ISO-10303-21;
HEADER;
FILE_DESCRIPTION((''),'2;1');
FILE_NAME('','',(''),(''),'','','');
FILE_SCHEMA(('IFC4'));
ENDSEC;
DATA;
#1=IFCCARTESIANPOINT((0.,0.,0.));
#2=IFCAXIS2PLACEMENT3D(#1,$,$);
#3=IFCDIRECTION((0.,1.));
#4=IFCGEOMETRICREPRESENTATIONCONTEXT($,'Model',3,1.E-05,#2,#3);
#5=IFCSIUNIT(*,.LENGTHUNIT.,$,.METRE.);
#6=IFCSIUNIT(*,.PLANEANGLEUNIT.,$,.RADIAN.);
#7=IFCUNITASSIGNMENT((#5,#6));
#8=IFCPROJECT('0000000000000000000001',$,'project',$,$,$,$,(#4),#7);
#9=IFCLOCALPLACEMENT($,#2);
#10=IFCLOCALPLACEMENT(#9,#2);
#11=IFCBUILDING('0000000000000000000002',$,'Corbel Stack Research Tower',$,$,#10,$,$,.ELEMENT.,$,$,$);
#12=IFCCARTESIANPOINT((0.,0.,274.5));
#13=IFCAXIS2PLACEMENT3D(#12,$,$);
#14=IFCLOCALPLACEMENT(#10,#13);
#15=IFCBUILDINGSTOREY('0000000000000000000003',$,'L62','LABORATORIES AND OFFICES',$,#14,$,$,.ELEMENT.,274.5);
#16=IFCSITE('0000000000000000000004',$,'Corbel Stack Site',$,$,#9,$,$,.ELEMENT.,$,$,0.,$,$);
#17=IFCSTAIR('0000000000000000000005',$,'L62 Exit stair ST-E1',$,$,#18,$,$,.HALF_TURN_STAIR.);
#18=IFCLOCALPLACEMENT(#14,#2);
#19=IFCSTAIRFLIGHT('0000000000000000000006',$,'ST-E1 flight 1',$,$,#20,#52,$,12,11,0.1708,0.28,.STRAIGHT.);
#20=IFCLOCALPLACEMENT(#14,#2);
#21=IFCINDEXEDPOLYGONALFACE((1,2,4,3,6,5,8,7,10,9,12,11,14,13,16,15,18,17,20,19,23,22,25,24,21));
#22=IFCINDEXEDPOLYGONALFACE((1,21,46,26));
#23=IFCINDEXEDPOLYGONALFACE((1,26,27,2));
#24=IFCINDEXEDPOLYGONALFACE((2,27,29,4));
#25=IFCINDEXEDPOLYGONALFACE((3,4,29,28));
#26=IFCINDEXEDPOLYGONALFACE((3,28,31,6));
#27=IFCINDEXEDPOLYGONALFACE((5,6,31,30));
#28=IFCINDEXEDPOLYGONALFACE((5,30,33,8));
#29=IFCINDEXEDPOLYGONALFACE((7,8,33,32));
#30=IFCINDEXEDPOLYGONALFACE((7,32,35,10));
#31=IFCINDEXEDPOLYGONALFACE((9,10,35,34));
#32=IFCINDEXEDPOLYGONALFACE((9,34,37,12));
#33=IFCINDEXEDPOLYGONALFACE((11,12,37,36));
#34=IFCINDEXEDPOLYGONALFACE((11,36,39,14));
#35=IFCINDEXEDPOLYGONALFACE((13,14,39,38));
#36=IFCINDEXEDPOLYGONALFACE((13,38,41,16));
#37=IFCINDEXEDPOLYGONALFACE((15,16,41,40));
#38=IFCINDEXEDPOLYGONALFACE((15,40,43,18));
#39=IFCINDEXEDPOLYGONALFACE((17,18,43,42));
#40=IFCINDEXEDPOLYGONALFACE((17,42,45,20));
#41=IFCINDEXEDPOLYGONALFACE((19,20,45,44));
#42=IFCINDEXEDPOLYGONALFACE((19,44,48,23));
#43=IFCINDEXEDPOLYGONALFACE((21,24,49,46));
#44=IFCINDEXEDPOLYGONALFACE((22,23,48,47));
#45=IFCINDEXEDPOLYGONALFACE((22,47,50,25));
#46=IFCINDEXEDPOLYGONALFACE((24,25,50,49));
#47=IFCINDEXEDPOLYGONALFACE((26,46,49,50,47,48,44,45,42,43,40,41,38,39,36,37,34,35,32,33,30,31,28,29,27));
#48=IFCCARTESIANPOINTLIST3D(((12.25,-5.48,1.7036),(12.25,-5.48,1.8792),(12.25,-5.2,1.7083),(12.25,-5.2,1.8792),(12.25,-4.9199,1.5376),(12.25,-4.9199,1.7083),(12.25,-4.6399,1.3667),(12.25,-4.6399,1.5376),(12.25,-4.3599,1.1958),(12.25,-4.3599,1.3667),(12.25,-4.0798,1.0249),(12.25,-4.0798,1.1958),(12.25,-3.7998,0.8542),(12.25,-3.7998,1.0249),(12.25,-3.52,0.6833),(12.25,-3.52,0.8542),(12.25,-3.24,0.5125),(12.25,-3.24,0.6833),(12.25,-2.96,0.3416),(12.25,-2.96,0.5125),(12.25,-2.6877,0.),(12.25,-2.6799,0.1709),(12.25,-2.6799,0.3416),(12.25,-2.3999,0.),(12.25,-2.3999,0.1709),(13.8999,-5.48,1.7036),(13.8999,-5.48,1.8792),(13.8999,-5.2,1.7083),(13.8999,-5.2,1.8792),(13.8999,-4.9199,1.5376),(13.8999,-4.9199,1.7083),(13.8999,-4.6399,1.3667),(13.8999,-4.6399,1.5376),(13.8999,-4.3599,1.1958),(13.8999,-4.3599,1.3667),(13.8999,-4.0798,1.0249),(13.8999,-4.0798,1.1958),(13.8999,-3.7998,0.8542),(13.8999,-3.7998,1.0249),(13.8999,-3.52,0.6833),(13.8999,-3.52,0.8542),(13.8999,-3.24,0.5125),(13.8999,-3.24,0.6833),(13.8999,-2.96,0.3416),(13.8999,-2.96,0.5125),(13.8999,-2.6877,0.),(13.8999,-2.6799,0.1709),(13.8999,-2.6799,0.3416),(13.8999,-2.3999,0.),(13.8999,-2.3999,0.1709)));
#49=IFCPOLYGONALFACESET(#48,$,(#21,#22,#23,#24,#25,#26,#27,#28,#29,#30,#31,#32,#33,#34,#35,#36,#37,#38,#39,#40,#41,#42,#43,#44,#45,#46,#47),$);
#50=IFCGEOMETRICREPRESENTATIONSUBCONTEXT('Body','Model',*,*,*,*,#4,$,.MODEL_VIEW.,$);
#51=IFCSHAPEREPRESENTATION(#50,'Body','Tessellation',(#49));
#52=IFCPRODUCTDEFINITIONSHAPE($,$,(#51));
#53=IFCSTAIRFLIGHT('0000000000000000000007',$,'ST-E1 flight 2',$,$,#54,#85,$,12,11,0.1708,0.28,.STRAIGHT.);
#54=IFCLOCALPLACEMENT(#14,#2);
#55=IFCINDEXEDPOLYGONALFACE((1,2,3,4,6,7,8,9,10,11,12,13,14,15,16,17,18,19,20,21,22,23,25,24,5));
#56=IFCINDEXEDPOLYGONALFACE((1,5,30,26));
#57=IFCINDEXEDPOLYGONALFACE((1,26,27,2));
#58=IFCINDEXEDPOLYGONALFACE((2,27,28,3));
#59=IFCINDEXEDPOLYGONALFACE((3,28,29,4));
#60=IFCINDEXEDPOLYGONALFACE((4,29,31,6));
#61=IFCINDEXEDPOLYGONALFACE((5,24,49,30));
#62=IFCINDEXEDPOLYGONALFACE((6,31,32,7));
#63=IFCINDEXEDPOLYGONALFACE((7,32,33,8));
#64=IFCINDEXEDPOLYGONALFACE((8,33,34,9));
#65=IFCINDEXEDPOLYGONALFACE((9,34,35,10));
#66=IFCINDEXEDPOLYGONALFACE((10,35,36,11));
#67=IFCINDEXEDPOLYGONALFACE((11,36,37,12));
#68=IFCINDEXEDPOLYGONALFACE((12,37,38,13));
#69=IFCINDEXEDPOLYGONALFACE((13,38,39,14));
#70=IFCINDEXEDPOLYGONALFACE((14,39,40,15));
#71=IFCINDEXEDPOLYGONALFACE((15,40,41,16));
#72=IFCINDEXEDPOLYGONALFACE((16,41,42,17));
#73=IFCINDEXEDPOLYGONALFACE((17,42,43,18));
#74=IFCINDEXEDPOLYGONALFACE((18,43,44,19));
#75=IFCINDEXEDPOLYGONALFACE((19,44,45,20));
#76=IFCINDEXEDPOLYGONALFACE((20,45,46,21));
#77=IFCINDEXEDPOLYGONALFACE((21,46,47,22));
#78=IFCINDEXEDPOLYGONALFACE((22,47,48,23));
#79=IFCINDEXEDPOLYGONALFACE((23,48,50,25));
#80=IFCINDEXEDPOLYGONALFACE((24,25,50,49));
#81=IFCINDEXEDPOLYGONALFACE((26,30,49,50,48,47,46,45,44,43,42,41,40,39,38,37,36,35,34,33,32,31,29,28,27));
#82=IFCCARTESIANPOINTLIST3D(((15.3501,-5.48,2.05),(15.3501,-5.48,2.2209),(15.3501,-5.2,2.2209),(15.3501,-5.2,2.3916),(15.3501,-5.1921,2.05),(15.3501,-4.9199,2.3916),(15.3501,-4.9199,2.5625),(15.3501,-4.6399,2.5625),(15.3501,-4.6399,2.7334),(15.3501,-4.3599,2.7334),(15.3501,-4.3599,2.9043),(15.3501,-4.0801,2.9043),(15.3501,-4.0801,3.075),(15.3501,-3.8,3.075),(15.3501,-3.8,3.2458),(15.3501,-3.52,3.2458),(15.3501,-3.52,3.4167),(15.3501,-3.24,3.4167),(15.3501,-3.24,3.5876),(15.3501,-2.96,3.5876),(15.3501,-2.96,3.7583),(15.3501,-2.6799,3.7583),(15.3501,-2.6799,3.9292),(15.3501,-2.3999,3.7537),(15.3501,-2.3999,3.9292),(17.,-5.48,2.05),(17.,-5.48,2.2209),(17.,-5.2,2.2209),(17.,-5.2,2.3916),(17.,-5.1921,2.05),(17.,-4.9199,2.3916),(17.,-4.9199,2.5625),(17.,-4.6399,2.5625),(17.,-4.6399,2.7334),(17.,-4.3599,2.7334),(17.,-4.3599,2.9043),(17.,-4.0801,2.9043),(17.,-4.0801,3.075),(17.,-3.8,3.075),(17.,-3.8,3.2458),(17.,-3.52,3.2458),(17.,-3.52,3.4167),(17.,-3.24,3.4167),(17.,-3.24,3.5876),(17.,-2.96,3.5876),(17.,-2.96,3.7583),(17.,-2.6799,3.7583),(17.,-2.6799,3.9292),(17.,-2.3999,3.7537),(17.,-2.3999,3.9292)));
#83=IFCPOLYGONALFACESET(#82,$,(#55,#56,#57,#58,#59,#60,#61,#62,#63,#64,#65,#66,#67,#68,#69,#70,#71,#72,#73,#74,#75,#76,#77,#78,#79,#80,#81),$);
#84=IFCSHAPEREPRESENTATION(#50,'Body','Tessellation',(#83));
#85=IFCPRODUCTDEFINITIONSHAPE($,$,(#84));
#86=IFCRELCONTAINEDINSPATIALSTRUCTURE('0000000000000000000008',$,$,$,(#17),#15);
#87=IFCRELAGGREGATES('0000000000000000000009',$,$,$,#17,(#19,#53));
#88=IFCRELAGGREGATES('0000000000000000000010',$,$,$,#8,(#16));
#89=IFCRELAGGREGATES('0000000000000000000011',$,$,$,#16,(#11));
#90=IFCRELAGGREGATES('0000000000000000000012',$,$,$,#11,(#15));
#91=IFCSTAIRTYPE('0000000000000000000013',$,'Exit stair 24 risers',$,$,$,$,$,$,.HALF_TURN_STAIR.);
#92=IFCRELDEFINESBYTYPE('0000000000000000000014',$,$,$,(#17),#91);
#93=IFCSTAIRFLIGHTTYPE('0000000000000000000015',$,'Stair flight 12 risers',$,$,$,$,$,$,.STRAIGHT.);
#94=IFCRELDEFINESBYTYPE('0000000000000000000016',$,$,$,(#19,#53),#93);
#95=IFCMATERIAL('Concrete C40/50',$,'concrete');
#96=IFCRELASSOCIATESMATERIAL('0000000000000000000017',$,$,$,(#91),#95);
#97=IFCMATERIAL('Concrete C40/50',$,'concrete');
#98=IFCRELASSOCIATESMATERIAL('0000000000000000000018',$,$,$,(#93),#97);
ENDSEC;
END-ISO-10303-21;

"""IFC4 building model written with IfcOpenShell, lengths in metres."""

from ifc_helpers import new_model, si_unit, direction, frame, origin, place, context, subcontext, project, spatial, polyline, outline, extrude, material, type_object, element, aggregate, save


model = new_model("IFC4")

# Units and contexts
model_context = context("Model", 3, precision=1e-05, world=origin(), true_north=direction((0.0, 1.0)))
body_context = subcontext(model_context, "Body", "Model", "MODEL_VIEW")
ifc_project = project(units=[si_unit("LENGTHUNIT", "METRE"), si_unit("PLANEANGLEUNIT", "RADIAN")], contexts=[model_context])

# Site, building, storey
site_placement = place(None, origin())
site = spatial("IfcSite", under=ifc_project, at=site_placement, Name="Corbel Stack Site", CompositionType="ELEMENT", RefElevation=0.0)
building_placement = place(site_placement, origin())
building = spatial("IfcBuilding", under=site, at=building_placement, Name="Corbel Stack Research Tower", CompositionType="ELEMENT")
storey_placement = place(building_placement, frame((0.0, 0.0, 274.5)))
storey = spatial("IfcBuildingStorey", under=building, at=storey_placement, Name="L62", Description="LABORATORIES AND OFFICES", CompositionType="ELEMENT", Elevation=274.5)

# Stair, stair flights
ifc_material_1 = material(Name="Concrete C40/50", Category="concrete")
stair_type = type_object("IfcStairType", Name="Exit stair 24 risers", PredefinedType="HALF_TURN_STAIR", material=ifc_material_1)
stair_placement = place(storey_placement, origin())
stair = element("IfcStair", 1, at=stair_placement, inside=storey, type_object=stair_type, Name="L62 Exit stair ST-E1", PredefinedType="HALF_TURN_STAIR")
ifc_material_2 = material(Name="Concrete C40/50", Category="concrete")
stair_flight_type = type_object("IfcStairFlightType", Name="Stair flight 12 risers", PredefinedType="STRAIGHT", material=ifc_material_2)
stair_flight_1_placement = place(storey_placement, frame((13.075, -2.3999, 0.0), z_axis=(0.0, 0.0, 1.0), x_axis=(0.0, -1.0, 0.0)))
stair_flight_1 = element("IfcStairFlight", 2, at=stair_flight_1_placement, type_object=stair_flight_type, Name="ST-E1 flight 1", NumberOfRisers=12, NumberOfTreads=11, PredefinedType="STRAIGHT", RiserHeight=0.1708, TreadLength=0.28, context=body_context, shape_type="SweptSolid", body=[
    extrude(outline(polyline([(0.0, 0.0), (0.0, 0.1709), (0.28, 0.1709), (0.28, 0.3416), (0.5601, 0.3416), (0.5601, 0.5125), (0.8401, 0.5125), (0.8401, 0.6833), (1.1201, 0.6833), (1.1201, 0.8542), (1.3999, 0.8542), (1.3999, 1.0249), (1.6799, 1.0249), (1.6799, 1.1958), (1.96, 1.1958), (1.96, 1.3667), (2.24, 1.3667), (2.24, 1.5376), (2.52, 1.5376), (2.52, 1.7083), (2.8, 1.7083), (2.8, 1.8792), (3.0801, 1.8792), (3.0801, 2.05), (3.0801, 1.7036), (0.2878, 0.0), (0.0, 0.0)])), frame((0.0, 0.825, 0.0), z_axis=(0.0, -1.0, 0.0), x_axis=(1.0, 0.0, 0.0)), (0.0, 0.0, 1.0), 1.6499),
])
stair_flight_2_placement = place(storey_placement, frame((16.175, -5.48, 2.05), z_axis=(0.0, 0.0, 1.0), x_axis=(0.0, 1.0, 0.0)))
stair_flight_2 = element("IfcStairFlight", 3, at=stair_flight_2_placement, type_object=stair_flight_type, Name="ST-E1 flight 2", NumberOfRisers=12, NumberOfTreads=11, PredefinedType="STRAIGHT", RiserHeight=0.1708, TreadLength=0.28, context=body_context, shape_type="SweptSolid", body=[
    extrude(outline(polyline([(0.0, 0.0), (0.0, 0.1709), (0.28, 0.1709), (0.28, 0.3416), (0.5601, 0.3416), (0.5601, 0.5125), (0.8401, 0.5125), (0.8401, 0.6833), (1.1201, 0.6833), (1.1201, 0.8542), (1.3999, 0.8542), (1.3999, 1.0249), (1.6799, 1.0249), (1.6799, 1.1958), (1.96, 1.1958), (1.96, 1.3667), (2.24, 1.3667), (2.24, 1.5376), (2.52, 1.5376), (2.52, 1.7083), (2.8, 1.7083), (2.8, 1.8792), (3.0801, 1.8792), (3.0801, 2.05), (3.0801, 1.7036), (0.2878, 0.0), (0.0, 0.0)])), frame((0.0, 0.825, 0.0), z_axis=(0.0, -1.0, 0.0), x_axis=(1.0, 0.0, 0.0)), (0.0, 0.0, 1.0), 1.6499),
])
aggregate(stair, [stair_flight_1, stair_flight_2])

save(model, "model.ifc")
